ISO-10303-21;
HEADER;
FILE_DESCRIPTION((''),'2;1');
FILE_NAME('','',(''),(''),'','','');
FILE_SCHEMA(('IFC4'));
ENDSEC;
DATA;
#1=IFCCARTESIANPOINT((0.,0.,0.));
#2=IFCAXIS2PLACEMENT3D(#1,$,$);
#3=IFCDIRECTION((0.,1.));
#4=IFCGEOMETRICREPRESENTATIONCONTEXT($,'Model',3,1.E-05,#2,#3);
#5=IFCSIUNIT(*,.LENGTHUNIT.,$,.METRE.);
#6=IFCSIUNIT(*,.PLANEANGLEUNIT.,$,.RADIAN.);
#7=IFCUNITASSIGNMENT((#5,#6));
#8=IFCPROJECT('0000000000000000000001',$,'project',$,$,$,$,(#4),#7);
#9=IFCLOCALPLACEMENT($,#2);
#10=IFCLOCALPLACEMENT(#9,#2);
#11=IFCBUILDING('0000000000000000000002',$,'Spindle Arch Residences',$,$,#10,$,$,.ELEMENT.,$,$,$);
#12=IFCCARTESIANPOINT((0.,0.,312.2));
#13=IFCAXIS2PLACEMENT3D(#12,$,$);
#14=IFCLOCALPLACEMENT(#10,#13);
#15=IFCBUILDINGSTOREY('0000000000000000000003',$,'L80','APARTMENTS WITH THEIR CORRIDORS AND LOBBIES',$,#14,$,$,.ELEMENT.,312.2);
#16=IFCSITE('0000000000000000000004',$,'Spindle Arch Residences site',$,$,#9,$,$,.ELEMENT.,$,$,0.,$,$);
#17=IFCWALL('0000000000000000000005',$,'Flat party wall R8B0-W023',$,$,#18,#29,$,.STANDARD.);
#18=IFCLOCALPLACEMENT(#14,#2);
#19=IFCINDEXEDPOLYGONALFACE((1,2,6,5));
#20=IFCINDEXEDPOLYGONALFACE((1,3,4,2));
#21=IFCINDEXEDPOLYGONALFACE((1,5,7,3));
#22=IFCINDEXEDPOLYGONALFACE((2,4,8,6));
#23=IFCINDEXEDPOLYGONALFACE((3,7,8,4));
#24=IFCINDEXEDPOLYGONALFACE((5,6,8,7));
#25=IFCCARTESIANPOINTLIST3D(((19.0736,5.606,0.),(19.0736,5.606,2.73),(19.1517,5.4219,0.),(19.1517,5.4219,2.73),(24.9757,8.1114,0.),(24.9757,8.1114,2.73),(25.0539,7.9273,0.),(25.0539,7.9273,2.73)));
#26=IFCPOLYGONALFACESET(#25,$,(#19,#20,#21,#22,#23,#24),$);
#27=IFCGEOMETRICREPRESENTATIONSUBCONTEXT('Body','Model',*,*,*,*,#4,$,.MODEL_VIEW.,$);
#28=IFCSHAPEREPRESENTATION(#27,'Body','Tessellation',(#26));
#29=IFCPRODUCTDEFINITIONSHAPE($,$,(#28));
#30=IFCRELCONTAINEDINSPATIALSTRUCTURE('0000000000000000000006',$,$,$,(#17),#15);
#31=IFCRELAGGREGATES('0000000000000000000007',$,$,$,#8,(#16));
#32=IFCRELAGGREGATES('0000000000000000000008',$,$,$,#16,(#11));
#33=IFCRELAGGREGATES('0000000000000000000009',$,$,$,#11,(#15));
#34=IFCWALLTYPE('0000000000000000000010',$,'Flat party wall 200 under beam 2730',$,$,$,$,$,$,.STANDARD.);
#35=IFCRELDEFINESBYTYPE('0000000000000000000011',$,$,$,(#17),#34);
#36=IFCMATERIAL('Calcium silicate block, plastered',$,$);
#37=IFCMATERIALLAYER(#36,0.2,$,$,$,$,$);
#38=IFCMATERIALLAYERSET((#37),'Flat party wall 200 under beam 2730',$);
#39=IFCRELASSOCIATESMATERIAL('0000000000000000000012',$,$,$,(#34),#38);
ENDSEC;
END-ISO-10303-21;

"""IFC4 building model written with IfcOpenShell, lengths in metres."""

from ifc_helpers import new_model, si_unit, direction, frame, frame_2d, origin, place, context, subcontext, project, spatial, rectangle, extrude, material, layer, layer_set, type_object, element, save


model = new_model("IFC4")

# Units and contexts
model_context = context("Model", 3, precision=1e-05, world=origin(), true_north=direction((0.0, 1.0)))
body_context = subcontext(model_context, "Body", "Model", "MODEL_VIEW")
ifc_project = project(units=[si_unit("LENGTHUNIT", "METRE"), si_unit("PLANEANGLEUNIT", "RADIAN")], contexts=[model_context])

# Site, building, storey
site_placement = place(None, origin())
site = spatial("IfcSite", under=ifc_project, at=site_placement, Name="Spindle Arch Residences site", CompositionType="ELEMENT", RefElevation=0.0)
building_placement = place(site_placement, origin())
building = spatial("IfcBuilding", under=site, at=building_placement, Name="Spindle Arch Residences", CompositionType="ELEMENT")
storey_placement = place(building_placement, frame((0.0, 0.0, 312.2)))
storey = spatial("IfcBuildingStorey", under=building, at=storey_placement, Name="L80", Description="APARTMENTS WITH THEIR CORRIDORS AND LOBBIES", CompositionType="ELEMENT", Elevation=312.2)

# Wall
ifc_material_1 = material(Name="Calcium silicate block, plastered")
ifc_layer_1 = layer(ifc_material_1, 0.2)
ifc_layer_set_1 = layer_set([ifc_layer_1], Name="Flat party wall 200 under beam 2730")
wall_type_1 = type_object("IfcWallType", Name="Flat party wall 200 under beam 2730", PredefinedType="STANDARD", material=ifc_layer_set_1)
wall_1_placement = place(storey_placement, frame((19.1125, 5.5139, 0.0), z_axis=(0.0, 0.0, 1.0), x_axis=(0.9205, 0.390741, 0.0)))
element("IfcWall", 1, at=wall_1_placement, inside=storey, type_object=wall_type_1, Name="Flat party wall R8B0-W023", PredefinedType="STANDARD", context=body_context, shape_type="SweptSolid", body=[
    extrude(rectangle(XDim=6.4119, YDim=0.2, at=frame_2d((3.2061, 0.0))), origin(), (0.0, 0.0, 1.0), 2.73),
])

save(model, "model.ifc")
